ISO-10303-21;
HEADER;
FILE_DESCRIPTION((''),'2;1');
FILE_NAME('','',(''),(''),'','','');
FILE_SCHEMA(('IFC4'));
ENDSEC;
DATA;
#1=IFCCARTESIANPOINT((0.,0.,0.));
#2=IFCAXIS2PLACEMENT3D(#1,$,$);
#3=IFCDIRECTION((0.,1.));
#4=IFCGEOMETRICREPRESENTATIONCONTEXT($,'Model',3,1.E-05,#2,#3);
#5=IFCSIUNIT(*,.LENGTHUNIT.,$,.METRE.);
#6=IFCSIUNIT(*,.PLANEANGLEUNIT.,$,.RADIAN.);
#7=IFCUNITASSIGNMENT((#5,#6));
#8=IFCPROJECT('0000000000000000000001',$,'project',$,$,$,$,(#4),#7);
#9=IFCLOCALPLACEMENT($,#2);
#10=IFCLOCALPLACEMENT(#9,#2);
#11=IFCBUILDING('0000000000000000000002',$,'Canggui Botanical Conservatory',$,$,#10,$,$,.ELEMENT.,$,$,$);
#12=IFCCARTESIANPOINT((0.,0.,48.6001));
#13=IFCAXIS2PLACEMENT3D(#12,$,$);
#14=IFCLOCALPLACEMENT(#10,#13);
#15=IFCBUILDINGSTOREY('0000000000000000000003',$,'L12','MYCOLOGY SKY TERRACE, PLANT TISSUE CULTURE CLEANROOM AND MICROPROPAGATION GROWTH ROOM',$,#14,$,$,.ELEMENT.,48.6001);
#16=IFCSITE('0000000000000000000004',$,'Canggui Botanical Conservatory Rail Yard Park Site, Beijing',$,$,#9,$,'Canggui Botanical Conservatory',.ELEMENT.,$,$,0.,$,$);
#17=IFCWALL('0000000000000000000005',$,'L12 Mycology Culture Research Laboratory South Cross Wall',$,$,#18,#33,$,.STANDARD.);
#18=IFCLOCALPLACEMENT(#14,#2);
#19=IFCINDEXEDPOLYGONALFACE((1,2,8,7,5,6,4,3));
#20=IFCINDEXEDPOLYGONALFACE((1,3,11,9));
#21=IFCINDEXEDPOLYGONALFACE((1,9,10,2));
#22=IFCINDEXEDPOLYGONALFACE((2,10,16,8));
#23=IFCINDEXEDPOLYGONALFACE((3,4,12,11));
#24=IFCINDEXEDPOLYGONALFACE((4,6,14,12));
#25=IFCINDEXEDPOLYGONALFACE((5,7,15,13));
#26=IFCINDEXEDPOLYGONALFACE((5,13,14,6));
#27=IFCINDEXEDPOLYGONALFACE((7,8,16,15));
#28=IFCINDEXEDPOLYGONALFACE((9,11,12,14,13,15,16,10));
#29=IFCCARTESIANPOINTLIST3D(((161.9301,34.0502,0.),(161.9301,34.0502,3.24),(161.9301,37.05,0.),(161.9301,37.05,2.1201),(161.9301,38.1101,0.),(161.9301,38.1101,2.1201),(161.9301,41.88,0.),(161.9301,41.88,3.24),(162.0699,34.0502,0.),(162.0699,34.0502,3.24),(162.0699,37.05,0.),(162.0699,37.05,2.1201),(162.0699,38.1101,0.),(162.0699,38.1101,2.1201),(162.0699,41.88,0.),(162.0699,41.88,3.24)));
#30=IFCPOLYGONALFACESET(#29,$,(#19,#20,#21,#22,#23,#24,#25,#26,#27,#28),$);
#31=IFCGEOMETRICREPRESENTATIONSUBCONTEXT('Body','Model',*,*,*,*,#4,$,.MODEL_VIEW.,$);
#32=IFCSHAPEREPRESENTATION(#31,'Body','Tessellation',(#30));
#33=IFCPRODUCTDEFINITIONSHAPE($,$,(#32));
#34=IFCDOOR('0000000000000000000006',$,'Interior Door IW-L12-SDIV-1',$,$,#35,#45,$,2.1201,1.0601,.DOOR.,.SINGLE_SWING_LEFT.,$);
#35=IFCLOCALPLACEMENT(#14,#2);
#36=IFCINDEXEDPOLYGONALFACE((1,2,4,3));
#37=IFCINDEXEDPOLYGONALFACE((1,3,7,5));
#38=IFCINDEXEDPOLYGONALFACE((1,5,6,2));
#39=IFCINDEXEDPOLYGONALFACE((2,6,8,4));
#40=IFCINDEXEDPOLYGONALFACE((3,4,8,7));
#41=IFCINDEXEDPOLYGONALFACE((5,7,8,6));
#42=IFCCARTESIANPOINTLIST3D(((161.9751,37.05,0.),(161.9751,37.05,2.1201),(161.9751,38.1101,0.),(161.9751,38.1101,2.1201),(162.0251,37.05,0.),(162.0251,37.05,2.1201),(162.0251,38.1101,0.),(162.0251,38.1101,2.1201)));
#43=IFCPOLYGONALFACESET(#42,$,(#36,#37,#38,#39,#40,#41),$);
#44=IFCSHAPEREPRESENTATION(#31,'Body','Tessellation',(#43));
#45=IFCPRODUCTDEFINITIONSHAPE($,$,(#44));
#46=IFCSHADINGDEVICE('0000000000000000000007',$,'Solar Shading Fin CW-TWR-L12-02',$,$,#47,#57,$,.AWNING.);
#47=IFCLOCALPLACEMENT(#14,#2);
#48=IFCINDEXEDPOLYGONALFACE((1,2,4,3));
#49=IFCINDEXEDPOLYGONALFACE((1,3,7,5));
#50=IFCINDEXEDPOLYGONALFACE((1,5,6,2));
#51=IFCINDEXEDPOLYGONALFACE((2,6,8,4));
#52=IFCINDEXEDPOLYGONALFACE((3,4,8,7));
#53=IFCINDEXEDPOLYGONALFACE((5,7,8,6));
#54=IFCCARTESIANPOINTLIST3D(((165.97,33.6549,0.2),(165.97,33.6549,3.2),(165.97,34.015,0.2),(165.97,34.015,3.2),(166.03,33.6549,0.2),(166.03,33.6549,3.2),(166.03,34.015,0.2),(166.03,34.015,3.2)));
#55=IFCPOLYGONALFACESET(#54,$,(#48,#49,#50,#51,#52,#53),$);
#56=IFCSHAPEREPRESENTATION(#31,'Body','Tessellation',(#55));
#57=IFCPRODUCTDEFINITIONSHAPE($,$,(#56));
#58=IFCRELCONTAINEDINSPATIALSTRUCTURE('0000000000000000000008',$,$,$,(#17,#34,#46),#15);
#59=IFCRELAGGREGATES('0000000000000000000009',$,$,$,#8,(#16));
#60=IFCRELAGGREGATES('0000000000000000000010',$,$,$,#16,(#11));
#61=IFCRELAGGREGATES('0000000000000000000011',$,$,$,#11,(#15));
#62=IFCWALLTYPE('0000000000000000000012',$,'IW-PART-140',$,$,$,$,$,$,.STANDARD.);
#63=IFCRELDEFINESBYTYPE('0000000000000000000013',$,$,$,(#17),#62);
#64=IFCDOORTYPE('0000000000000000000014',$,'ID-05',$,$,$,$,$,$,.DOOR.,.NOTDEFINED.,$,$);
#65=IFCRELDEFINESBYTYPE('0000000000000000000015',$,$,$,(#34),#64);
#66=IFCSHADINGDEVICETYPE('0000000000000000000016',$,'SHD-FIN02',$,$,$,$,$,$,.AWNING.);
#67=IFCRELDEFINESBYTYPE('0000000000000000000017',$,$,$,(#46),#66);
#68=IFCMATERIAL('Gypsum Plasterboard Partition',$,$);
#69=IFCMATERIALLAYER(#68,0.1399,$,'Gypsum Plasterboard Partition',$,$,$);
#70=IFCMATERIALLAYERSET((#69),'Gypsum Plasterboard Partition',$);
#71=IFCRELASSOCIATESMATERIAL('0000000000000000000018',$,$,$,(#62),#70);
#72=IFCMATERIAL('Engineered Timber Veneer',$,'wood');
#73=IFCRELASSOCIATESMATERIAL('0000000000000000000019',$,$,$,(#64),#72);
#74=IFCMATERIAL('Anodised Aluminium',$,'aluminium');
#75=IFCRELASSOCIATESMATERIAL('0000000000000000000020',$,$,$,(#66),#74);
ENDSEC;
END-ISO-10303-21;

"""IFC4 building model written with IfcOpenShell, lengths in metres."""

from ifc_helpers import new_model, si_unit, direction, frame, frame_2d, origin, origin_2d, place, context, subcontext, project, spatial, rectangle, extrude, material, layer, layer_set, type_object, element, fill, save


model = new_model("IFC4")

# Units and contexts
model_context = context("Model", 3, precision=1e-05, world=origin(), true_north=direction((0.0, 1.0)))
body_context = subcontext(model_context, "Body", "Model", "MODEL_VIEW")
ifc_project = project(units=[si_unit("LENGTHUNIT", "METRE"), si_unit("PLANEANGLEUNIT", "RADIAN")], contexts=[model_context])

# Site, building, storey
site_placement = place(None, origin())
site = spatial("IfcSite", under=ifc_project, at=site_placement, Name="Canggui Botanical Conservatory Rail Yard Park Site, Beijing", LongName="Canggui Botanical Conservatory", CompositionType="ELEMENT", RefElevation=0.0)
building_placement = place(site_placement, origin())
building = spatial("IfcBuilding", under=site, at=building_placement, Name="Canggui Botanical Conservatory", CompositionType="ELEMENT")
storey_placement = place(building_placement, frame((0.0, 0.0, 48.6001)))
storey = spatial("IfcBuildingStorey", under=building, at=storey_placement, Name="L12", Description="MYCOLOGY SKY TERRACE, PLANT TISSUE CULTURE CLEANROOM AND MICROPROPAGATION GROWTH ROOM", CompositionType="ELEMENT", Elevation=48.6001)

# Wall, opening, door
ifc_material_1 = material(Name="Gypsum Plasterboard Partition")
ifc_layer_1 = layer(ifc_material_1, 0.1399, Name="Gypsum Plasterboard Partition")
ifc_layer_set_1 = layer_set([ifc_layer_1], Name="Gypsum Plasterboard Partition")
wall_type_1 = type_object("IfcWallType", Name="IW-PART-140", PredefinedType="STANDARD", material=ifc_layer_set_1)
wall_1_placement = place(storey_placement, frame((162.0, 34.05, 0.0), z_axis=(0.0, 0.0, 1.0), x_axis=(0.0, 1.0, 0.0)))
wall_1 = element("IfcWall", 1, at=wall_1_placement, inside=storey, type_object=wall_type_1, Name="L12 Mycology Culture Research Laboratory South Cross Wall", PredefinedType="STANDARD", context=body_context, shape_type="SweptSolid", body=[
    extrude(rectangle(XDim=7.8298, YDim=0.1399, at=frame_2d((3.915, 0.0))), origin(), (0.0, 0.0, 1.0), 3.24),
])
opening_1_placement = place(wall_1_placement, frame((3.0, 0.0, 0.0)))
opening_1 = element("IfcOpeningElement", 2, at=opening_1_placement, cuts=wall_1, PredefinedType="OPENING", context=body_context, shape_type="SweptSolid", body=[
    extrude(rectangle(XDim=1.0601, YDim=2.1201, at=frame_2d((0.53, 1.0601))), frame((0.0, 0.0801, 0.0), z_axis=(0.0, -1.0, 0.0), x_axis=(1.0, 0.0, 0.0)), (0.0, 0.0, 1.0), 0.1599),
])
ifc_material_2 = material(Name="Engineered Timber Veneer", Category="wood")
door_type = type_object("IfcDoorType", Name="ID-05", OperationType="NOTDEFINED", PredefinedType="DOOR", material=ifc_material_2)
door_placement = place(opening_1_placement, origin())
door = element("IfcDoor", 3, at=door_placement, inside=storey, type_object=door_type, Name="Interior Door IW-L12-SDIV-1", OperationType="SINGLE_SWING_LEFT", OverallHeight=2.1201, OverallWidth=1.0601, PredefinedType="DOOR", context=body_context, shape_type="SweptSolid", body=[
    extrude(rectangle(XDim=1.0601, YDim=2.1201, at=frame_2d((0.53, 1.0601))), frame((0.0, 0.0249, 0.0), z_axis=(0.0, -1.0, 0.0), x_axis=(1.0, 0.0, 0.0)), (0.0, 0.0, 1.0), 0.05),
])
fill(opening_1, door)

# Shading device
ifc_material_3 = material(Name="Anodised Aluminium", Category="aluminium")
shading_device_type = type_object("IfcShadingDeviceType", Name="SHD-FIN02", PredefinedType="AWNING", material=ifc_material_3)
shading_device_placement = place(storey_placement, frame((166.0, 33.835, 0.2), z_axis=(0.0, 0.0, 1.0), x_axis=(-1.0, 0.0, 0.0)))
element("IfcShadingDevice", 4, at=shading_device_placement, inside=storey, type_object=shading_device_type, Name="Solar Shading Fin CW-TWR-L12-02", PredefinedType="AWNING", context=body_context, shape_type="SweptSolid", body=[
    extrude(rectangle(XDim=0.0601, YDim=0.3601, at=origin_2d()), origin(), (0.0, 0.0, 1.0), 3.0),
])

save(model, "model.ifc")
